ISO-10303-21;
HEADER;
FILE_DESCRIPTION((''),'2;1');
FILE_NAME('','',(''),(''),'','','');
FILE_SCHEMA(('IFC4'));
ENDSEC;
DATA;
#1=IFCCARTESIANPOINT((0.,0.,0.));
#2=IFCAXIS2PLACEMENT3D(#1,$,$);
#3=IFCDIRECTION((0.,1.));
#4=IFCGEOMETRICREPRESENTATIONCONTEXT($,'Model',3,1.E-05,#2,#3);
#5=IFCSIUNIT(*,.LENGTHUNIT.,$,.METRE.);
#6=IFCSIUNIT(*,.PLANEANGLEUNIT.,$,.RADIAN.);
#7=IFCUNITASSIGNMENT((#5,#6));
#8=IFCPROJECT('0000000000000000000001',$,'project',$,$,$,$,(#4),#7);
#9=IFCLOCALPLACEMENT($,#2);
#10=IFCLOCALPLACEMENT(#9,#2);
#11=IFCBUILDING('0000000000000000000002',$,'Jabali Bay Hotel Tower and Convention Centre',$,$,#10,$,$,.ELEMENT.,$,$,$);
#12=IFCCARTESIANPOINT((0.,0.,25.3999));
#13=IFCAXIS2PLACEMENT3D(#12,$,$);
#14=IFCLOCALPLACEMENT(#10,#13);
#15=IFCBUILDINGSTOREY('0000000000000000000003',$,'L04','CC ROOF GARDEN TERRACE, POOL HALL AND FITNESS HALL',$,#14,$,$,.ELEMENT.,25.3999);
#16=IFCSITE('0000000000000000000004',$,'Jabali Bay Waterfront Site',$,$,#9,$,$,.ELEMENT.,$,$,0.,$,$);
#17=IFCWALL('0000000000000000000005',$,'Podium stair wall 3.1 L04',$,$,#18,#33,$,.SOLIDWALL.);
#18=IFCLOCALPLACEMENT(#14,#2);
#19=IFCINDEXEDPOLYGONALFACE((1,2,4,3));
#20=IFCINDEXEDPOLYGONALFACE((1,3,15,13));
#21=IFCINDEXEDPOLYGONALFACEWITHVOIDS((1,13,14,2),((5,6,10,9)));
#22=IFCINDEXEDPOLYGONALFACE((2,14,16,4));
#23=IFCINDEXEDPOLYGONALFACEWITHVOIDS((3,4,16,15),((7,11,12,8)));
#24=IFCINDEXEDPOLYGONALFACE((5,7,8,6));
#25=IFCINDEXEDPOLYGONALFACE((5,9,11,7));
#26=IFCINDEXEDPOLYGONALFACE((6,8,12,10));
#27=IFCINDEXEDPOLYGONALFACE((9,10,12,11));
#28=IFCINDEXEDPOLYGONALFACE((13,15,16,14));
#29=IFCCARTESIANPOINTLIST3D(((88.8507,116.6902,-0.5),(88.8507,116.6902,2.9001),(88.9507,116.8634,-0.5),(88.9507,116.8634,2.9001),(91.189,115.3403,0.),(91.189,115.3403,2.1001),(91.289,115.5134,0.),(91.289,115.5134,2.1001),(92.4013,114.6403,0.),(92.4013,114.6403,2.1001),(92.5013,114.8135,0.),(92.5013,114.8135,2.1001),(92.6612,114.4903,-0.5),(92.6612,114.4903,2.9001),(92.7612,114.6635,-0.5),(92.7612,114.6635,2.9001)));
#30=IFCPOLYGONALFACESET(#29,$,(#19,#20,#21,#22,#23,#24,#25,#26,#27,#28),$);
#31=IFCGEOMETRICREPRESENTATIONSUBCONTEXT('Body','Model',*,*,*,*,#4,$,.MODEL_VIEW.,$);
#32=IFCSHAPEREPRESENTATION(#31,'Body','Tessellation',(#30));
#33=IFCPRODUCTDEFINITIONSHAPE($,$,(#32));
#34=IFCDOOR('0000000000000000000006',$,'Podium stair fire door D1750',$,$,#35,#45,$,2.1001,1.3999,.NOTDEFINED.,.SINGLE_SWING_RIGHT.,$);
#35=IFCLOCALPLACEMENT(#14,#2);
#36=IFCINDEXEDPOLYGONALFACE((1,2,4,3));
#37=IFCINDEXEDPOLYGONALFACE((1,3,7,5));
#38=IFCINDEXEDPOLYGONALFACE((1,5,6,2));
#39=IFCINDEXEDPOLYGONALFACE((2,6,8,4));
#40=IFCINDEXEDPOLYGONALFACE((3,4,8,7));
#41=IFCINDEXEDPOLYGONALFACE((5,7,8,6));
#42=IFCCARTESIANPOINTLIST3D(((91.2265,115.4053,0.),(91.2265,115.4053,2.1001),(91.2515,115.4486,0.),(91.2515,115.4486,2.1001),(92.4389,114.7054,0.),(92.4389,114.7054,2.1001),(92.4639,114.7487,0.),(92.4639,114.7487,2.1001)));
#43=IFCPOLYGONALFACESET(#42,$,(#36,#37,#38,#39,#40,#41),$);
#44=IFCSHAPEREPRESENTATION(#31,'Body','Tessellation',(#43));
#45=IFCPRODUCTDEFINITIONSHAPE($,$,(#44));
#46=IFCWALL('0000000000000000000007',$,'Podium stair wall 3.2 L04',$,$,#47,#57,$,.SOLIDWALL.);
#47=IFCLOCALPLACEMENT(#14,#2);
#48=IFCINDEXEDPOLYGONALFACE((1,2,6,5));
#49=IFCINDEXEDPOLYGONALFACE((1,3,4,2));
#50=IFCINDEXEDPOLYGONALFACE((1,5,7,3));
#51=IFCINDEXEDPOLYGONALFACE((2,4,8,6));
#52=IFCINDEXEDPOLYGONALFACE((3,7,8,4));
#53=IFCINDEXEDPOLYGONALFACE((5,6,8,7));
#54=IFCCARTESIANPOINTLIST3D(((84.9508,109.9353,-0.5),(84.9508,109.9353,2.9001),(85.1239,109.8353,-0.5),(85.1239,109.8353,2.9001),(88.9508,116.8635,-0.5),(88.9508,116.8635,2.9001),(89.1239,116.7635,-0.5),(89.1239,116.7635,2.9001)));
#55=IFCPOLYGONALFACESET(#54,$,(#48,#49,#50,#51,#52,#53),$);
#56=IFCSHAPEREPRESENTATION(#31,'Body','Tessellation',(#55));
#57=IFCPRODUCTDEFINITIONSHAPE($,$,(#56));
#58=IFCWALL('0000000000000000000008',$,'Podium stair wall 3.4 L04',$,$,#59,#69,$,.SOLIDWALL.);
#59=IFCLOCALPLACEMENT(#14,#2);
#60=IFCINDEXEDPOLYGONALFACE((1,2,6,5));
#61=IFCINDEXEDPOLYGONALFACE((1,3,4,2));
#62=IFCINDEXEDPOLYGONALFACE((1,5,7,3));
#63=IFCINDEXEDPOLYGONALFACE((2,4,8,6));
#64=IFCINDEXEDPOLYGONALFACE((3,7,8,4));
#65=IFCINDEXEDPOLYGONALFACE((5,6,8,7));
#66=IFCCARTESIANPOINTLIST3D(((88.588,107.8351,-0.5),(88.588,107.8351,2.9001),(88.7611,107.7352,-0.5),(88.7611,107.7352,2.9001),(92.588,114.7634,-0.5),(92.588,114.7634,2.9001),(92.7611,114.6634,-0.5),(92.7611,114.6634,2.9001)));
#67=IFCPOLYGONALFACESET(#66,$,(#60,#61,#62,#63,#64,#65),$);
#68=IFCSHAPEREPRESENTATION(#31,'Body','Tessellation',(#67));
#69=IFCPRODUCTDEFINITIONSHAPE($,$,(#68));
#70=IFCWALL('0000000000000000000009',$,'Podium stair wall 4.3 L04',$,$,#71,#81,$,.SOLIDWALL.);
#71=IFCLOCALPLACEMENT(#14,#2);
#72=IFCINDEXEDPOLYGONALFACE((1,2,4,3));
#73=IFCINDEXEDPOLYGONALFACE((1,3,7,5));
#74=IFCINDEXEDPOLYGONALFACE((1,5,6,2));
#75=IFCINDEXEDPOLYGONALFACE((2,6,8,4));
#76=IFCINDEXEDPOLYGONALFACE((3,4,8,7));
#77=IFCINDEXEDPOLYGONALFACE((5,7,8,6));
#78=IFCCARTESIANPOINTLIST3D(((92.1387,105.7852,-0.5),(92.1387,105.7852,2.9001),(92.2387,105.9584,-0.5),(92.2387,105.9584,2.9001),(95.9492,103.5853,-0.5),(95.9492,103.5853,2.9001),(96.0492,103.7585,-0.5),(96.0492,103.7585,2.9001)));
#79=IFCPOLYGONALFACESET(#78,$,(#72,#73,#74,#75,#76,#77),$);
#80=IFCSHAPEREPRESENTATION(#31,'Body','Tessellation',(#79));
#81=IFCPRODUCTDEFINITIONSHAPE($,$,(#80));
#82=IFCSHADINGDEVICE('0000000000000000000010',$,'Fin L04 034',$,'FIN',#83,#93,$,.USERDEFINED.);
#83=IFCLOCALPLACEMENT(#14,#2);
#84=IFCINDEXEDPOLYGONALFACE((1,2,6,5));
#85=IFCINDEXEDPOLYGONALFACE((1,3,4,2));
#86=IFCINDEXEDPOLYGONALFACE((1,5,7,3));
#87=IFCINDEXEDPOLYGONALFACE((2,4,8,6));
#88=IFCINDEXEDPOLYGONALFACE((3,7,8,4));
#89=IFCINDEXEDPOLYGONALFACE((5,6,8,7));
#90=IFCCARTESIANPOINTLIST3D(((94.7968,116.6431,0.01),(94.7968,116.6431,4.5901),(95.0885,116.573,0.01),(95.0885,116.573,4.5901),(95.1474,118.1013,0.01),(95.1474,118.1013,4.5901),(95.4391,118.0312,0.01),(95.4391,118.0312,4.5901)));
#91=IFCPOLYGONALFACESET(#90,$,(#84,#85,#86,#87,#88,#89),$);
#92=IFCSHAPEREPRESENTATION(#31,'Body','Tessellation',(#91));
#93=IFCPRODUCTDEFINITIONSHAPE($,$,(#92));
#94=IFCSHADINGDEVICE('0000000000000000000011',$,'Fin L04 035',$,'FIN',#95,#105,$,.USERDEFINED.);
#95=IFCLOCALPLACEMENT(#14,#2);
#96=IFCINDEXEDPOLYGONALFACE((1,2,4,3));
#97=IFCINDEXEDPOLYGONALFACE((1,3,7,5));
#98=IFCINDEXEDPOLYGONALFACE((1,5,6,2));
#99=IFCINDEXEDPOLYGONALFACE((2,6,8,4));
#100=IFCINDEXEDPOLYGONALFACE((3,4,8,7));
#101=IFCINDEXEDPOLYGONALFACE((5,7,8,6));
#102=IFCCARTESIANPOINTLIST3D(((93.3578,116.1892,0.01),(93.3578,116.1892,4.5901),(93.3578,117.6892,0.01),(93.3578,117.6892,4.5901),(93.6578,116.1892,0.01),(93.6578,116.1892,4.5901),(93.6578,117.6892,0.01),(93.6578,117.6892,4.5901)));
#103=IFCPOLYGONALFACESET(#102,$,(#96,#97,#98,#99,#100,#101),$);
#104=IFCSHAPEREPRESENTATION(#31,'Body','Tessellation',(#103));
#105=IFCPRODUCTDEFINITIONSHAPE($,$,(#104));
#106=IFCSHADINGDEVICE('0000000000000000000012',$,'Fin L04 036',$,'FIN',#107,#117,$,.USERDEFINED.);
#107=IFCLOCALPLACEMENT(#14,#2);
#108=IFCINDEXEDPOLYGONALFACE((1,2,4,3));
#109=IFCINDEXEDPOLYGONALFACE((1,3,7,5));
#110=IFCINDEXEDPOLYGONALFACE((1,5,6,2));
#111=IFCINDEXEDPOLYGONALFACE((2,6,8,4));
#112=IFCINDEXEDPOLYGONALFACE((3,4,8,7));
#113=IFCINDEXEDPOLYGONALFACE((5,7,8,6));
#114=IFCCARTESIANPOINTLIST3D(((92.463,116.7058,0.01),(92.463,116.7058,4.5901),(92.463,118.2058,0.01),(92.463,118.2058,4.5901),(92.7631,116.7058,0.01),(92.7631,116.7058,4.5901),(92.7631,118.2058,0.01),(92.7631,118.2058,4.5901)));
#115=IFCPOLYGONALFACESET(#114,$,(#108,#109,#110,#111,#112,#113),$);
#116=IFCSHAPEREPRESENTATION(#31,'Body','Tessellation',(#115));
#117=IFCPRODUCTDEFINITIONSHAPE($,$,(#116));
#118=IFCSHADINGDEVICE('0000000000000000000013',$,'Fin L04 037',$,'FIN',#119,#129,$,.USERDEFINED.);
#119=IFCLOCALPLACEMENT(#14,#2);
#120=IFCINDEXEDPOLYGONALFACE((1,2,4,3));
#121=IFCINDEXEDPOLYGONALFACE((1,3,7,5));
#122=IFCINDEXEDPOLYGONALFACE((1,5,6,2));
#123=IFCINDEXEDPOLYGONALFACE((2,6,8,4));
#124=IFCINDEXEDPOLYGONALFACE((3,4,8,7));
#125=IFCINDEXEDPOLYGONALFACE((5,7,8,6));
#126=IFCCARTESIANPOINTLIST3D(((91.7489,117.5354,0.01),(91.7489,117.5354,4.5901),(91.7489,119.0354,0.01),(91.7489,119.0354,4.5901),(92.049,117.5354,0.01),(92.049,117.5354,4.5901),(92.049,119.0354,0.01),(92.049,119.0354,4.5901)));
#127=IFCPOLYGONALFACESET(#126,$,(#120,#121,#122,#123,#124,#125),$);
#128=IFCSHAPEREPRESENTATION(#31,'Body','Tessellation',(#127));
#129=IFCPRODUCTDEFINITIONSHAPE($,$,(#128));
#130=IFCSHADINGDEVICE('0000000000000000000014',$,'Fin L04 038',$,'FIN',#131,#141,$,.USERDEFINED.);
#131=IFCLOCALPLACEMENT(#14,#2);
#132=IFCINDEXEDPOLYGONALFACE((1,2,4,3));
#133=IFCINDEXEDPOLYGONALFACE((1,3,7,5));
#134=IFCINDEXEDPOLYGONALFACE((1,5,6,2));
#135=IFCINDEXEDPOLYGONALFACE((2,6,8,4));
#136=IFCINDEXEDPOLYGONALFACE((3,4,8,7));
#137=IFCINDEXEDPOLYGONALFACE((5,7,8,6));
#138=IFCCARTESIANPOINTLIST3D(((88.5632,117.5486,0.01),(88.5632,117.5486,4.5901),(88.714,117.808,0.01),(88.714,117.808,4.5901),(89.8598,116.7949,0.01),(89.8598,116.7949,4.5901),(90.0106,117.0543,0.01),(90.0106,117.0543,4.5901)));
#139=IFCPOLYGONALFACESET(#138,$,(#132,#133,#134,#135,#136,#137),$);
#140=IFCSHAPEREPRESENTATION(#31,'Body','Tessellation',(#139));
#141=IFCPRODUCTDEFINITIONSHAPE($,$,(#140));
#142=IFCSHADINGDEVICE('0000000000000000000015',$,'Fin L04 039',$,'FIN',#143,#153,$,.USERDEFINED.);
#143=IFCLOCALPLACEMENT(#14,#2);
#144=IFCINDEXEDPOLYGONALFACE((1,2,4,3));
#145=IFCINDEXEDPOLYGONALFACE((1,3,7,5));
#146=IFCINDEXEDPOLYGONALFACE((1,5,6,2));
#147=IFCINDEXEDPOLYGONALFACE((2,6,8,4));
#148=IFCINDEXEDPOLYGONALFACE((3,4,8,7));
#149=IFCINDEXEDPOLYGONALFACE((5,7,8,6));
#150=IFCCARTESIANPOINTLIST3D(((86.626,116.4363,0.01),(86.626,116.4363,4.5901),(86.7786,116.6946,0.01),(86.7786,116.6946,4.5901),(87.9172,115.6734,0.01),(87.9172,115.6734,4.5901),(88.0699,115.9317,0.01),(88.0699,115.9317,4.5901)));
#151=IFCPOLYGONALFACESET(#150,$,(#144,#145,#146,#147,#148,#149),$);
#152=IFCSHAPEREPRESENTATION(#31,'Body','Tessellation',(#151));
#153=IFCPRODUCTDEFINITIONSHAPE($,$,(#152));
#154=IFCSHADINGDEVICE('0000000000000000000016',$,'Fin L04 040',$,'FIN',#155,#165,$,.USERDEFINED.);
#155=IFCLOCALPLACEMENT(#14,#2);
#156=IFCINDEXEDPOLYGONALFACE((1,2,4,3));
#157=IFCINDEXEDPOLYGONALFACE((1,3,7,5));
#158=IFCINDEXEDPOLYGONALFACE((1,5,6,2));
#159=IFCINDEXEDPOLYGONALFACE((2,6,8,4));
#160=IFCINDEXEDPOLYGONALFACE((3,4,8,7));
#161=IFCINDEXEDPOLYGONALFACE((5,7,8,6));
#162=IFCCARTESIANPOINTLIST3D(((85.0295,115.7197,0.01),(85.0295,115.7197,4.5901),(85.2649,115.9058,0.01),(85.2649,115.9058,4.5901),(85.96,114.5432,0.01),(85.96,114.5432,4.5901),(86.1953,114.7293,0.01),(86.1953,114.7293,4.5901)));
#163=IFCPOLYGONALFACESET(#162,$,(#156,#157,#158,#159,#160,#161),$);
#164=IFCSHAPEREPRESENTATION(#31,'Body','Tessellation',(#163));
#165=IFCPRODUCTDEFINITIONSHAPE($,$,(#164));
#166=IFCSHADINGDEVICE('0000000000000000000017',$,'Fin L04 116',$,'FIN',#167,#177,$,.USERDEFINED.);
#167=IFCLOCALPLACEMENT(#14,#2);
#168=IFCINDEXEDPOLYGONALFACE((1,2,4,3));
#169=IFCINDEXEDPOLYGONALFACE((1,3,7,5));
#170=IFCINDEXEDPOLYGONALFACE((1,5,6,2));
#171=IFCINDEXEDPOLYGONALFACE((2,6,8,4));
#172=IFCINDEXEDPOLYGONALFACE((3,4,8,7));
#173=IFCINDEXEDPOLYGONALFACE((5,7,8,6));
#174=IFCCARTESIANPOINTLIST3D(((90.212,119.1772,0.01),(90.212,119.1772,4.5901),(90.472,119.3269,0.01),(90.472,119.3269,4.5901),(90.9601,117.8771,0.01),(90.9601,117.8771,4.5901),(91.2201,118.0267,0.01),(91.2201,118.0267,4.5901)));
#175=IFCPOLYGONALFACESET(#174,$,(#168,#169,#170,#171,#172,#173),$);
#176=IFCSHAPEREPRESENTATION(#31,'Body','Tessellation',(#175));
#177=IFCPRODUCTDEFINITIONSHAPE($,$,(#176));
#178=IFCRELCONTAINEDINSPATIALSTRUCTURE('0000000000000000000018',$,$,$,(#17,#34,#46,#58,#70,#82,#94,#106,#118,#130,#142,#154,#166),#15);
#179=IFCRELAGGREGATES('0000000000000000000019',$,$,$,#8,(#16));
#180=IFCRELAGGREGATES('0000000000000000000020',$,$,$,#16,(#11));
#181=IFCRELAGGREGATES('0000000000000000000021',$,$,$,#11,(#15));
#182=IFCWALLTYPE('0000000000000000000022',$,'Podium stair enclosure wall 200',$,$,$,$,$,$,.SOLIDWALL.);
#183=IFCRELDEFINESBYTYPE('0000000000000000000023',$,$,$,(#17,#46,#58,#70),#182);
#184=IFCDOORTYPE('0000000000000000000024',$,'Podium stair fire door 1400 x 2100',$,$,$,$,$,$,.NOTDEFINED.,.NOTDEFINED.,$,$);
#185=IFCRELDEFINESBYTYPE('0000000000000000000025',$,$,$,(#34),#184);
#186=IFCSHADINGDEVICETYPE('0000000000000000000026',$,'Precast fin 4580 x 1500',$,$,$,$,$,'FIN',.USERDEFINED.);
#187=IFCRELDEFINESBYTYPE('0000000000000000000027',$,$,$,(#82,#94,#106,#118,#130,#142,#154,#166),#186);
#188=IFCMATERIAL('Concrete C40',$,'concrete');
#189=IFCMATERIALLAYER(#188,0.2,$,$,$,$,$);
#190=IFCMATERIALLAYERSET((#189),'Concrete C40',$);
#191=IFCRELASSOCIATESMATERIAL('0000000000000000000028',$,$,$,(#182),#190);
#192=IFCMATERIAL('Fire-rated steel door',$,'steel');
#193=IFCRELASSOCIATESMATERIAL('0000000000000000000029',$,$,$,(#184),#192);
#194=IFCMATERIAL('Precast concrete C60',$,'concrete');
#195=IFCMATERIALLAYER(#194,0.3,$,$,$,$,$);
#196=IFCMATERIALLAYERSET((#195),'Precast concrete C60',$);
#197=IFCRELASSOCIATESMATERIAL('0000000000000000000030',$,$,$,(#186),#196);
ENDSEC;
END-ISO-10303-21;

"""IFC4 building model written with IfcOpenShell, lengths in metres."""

from ifc_helpers import new_model, si_unit, direction, frame, frame_2d, origin, place, context, subcontext, project, spatial, rectangle, extrude, material, layer, layer_set, type_object, element, fill, save


model = new_model("IFC4")

# Units and contexts
model_context = context("Model", 3, precision=1e-05, world=origin(), true_north=direction((0.0, 1.0)))
body_context = subcontext(model_context, "Body", "Model", "MODEL_VIEW")
ifc_project = project(units=[si_unit("LENGTHUNIT", "METRE"), si_unit("PLANEANGLEUNIT", "RADIAN")], contexts=[model_context])

# Site, building, storey
site_placement = place(None, origin())
site = spatial("IfcSite", under=ifc_project, at=site_placement, Name="Jabali Bay Waterfront Site", CompositionType="ELEMENT", RefElevation=0.0)
building_placement = place(site_placement, origin())
building = spatial("IfcBuilding", under=site, at=building_placement, Name="Jabali Bay Hotel Tower and Convention Centre", CompositionType="ELEMENT")
storey_placement = place(building_placement, frame((0.0, 0.0, 25.3999)))
storey = spatial("IfcBuildingStorey", under=building, at=storey_placement, Name="L04", Description="CC ROOF GARDEN TERRACE, POOL HALL AND FITNESS HALL", CompositionType="ELEMENT", Elevation=25.3999)

# Shared definitions
ifc_material_1 = material(Name="Concrete C40", Category="concrete")

# Wall, opening, door
ifc_layer_1 = layer(ifc_material_1, 0.2)
ifc_layer_set_1 = layer_set([ifc_layer_1], Name="Concrete C40")
wall_type_1 = type_object("IfcWallType", Name="Podium stair enclosure wall 200", PredefinedType="SOLIDWALL", material=ifc_layer_set_1)
wall_1_placement = place(storey_placement, frame((92.7112, 114.5769, -0.5), z_axis=(0.0, 0.0, 1.0), x_axis=(-0.866032, 0.499988, 0.0)))
wall_1 = element("IfcWall", 1, at=wall_1_placement, inside=storey, type_object=wall_type_1, Name="Podium stair wall 3.1 L04", PredefinedType="SOLIDWALL", context=body_context, shape_type="SweptSolid", body=[
    extrude(rectangle(XDim=4.3999, YDim=0.2, at=frame_2d((2.2, 0.0))), origin(), (0.0, 0.0, 1.0), 3.4001),
])
opening_placement = place(wall_1_placement, frame((0.3, 0.0, 0.5)))
opening = element("IfcOpeningElement", 2, at=opening_placement, cuts=wall_1, PredefinedType="OPENING", context=body_context, shape_type="SweptSolid", body=[
    extrude(rectangle(XDim=1.3999, YDim=2.1001, at=frame_2d((0.7, 1.05))), frame((0.0, 0.1104, 0.0), z_axis=(0.0, -1.0, 0.0), x_axis=(1.0, 0.0, 0.0)), (0.0, 0.0, 1.0), 0.2209),
])
ifc_material_2 = material(Name="Fire-rated steel door", Category="steel")
door_type = type_object("IfcDoorType", Name="Podium stair fire door 1400 x 2100", OperationType="NOTDEFINED", PredefinedType="NOTDEFINED", material=ifc_material_2)
door_placement = place(opening_placement, origin())
door = element("IfcDoor", 3, at=door_placement, inside=storey, type_object=door_type, Name="Podium stair fire door D1750", OperationType="SINGLE_SWING_RIGHT", OverallHeight=2.1001, OverallWidth=1.3999, PredefinedType="NOTDEFINED", context=body_context, shape_type="SweptSolid", body=[
    extrude(rectangle(XDim=1.3999, YDim=2.1001, at=frame_2d((0.7, 1.05))), frame((0.0, 0.0249, 0.0), z_axis=(0.0, -1.0, 0.0), x_axis=(1.0, 0.0, 0.0)), (0.0, 0.0, 1.0), 0.05),
])
fill(opening, door)

# Walls
for number, where, z_axis, x_axis, name in (
    (4, (89.0374, 116.8135, -0.5), (0.0, 0.0, 1.0), (-0.499999, -0.866026, 0.0), "Podium stair wall 3.2 L04"),
    (5, (88.6746, 107.7852, -0.5), (0.0, 0.0, 1.0), (0.499999, 0.866026, 0.0), "Podium stair wall 3.4 L04"),
):
    element("IfcWall", number, at=place(storey_placement, frame(where, z_axis=z_axis, x_axis=x_axis)), inside=storey, type_object=wall_type_1, Name=name, PredefinedType="SOLIDWALL", context=body_context, shape_type="SweptSolid", body=[
        extrude(rectangle(XDim=8.0, YDim=0.2, at=frame_2d((4.0, 0.0))), origin(), (0.0, 0.0, 1.0), 3.4001),
    ])
wall_2_placement = place(storey_placement, frame((92.1887, 105.8718, -0.5), z_axis=(0.0, 0.0, 1.0), x_axis=(0.866032, -0.499988, 0.0)))
element("IfcWall", 6, at=wall_2_placement, inside=storey, type_object=wall_type_1, Name="Podium stair wall 4.3 L04", PredefinedType="SOLIDWALL", context=body_context, shape_type="SweptSolid", body=[
    extrude(rectangle(XDim=4.3999, YDim=0.2, at=frame_2d((2.2, 0.0))), origin(), (0.0, 0.0, 1.0), 3.4001),
])

# Shading devices
ifc_material_3 = material(Name="Precast concrete C60", Category="concrete")
ifc_layer_2 = layer(ifc_material_3, 0.3)
ifc_layer_set_2 = layer_set([ifc_layer_2], Name="Precast concrete C60")
shading_device_type = type_object("IfcShadingDeviceType", Name="Precast fin 4580 x 1500", ElementType="FIN", PredefinedType="USERDEFINED", material=ifc_layer_set_2)
shading_device_placement = place(storey_placement, frame((94.9426, 116.6079, 0.01), z_axis=(0.0, 0.0, 1.0), x_axis=(0.233755, 0.972296, 0.0)))
element("IfcShadingDevice", 7, at=shading_device_placement, inside=storey, type_object=shading_device_type, Name="Fin L04 034", ObjectType="FIN", PredefinedType="USERDEFINED", context=body_context, shape_type="SweptSolid", body=[
    extrude(rectangle(XDim=1.4998, YDim=0.3, at=frame_2d((0.75, 0.0))), origin(), (0.0, 0.0, 1.0), 4.5801),
])
for number, where, z_axis, x_axis, name in (
    (8, (93.5078, 116.1892, 0.01), (0.0, 0.0, 1.0), (0.0, 1.0, 0.0), "Fin L04 035"),
    (9, (92.613, 116.7058, 0.01), (0.0, 0.0, 1.0), (0.0, 1.0, 0.0), "Fin L04 036"),
    (10, (91.8989, 117.5354, 0.01), (0.0, 0.0, 1.0), (0.0, 1.0, 0.0), "Fin L04 037"),
):
    element("IfcShadingDevice", number, at=place(storey_placement, frame(where, z_axis=z_axis, x_axis=x_axis)), inside=storey, type_object=shading_device_type, Name=name, ObjectType="FIN", PredefinedType="USERDEFINED", context=body_context, shape_type="SweptSolid", body=[
        extrude(rectangle(XDim=1.5, YDim=0.3, at=frame_2d((0.75, 0.0))), origin(), (0.0, 0.0, 1.0), 4.5801),
    ])
for number, where, z_axis, x_axis, name in (
    (11, (89.9353, 116.9246, 0.01), (0.0, 0.0, 1.0), (-0.864563, 0.502524, 0.0), "Fin L04 038"),
    (12, (87.9937, 115.8025, 0.01), (0.0, 0.0, 1.0), (-0.860949, 0.508691, 0.0), "Fin L04 039"),
):
    element("IfcShadingDevice", number, at=place(storey_placement, frame(where, z_axis=z_axis, x_axis=x_axis)), inside=storey, type_object=shading_device_type, Name=name, ObjectType="FIN", PredefinedType="USERDEFINED", context=body_context, shape_type="SweptSolid", body=[
        extrude(rectangle(XDim=1.4998, YDim=0.3, at=frame_2d((0.75, 0.0))), origin(), (0.0, 0.0, 1.0), 4.5801),
    ])
for number, where, z_axis, x_axis, name in (
    (13, (86.0776, 114.6362, 0.01), (0.0, 0.0, 1.0), (-0.620298, 0.784366, 0.0), "Fin L04 040"),
    (14, (91.0901, 117.9519, 0.01), (0.0, 0.0, 1.0), (-0.498731, 0.866757, 0.0), "Fin L04 116"),
):
    element("IfcShadingDevice", number, at=place(storey_placement, frame(where, z_axis=z_axis, x_axis=x_axis)), inside=storey, type_object=shading_device_type, Name=name, ObjectType="FIN", PredefinedType="USERDEFINED", context=body_context, shape_type="SweptSolid", body=[
        extrude(rectangle(XDim=1.5, YDim=0.3, at=frame_2d((0.75, 0.0))), origin(), (0.0, 0.0, 1.0), 4.5801),
    ])

save(model, "model.ifc")
